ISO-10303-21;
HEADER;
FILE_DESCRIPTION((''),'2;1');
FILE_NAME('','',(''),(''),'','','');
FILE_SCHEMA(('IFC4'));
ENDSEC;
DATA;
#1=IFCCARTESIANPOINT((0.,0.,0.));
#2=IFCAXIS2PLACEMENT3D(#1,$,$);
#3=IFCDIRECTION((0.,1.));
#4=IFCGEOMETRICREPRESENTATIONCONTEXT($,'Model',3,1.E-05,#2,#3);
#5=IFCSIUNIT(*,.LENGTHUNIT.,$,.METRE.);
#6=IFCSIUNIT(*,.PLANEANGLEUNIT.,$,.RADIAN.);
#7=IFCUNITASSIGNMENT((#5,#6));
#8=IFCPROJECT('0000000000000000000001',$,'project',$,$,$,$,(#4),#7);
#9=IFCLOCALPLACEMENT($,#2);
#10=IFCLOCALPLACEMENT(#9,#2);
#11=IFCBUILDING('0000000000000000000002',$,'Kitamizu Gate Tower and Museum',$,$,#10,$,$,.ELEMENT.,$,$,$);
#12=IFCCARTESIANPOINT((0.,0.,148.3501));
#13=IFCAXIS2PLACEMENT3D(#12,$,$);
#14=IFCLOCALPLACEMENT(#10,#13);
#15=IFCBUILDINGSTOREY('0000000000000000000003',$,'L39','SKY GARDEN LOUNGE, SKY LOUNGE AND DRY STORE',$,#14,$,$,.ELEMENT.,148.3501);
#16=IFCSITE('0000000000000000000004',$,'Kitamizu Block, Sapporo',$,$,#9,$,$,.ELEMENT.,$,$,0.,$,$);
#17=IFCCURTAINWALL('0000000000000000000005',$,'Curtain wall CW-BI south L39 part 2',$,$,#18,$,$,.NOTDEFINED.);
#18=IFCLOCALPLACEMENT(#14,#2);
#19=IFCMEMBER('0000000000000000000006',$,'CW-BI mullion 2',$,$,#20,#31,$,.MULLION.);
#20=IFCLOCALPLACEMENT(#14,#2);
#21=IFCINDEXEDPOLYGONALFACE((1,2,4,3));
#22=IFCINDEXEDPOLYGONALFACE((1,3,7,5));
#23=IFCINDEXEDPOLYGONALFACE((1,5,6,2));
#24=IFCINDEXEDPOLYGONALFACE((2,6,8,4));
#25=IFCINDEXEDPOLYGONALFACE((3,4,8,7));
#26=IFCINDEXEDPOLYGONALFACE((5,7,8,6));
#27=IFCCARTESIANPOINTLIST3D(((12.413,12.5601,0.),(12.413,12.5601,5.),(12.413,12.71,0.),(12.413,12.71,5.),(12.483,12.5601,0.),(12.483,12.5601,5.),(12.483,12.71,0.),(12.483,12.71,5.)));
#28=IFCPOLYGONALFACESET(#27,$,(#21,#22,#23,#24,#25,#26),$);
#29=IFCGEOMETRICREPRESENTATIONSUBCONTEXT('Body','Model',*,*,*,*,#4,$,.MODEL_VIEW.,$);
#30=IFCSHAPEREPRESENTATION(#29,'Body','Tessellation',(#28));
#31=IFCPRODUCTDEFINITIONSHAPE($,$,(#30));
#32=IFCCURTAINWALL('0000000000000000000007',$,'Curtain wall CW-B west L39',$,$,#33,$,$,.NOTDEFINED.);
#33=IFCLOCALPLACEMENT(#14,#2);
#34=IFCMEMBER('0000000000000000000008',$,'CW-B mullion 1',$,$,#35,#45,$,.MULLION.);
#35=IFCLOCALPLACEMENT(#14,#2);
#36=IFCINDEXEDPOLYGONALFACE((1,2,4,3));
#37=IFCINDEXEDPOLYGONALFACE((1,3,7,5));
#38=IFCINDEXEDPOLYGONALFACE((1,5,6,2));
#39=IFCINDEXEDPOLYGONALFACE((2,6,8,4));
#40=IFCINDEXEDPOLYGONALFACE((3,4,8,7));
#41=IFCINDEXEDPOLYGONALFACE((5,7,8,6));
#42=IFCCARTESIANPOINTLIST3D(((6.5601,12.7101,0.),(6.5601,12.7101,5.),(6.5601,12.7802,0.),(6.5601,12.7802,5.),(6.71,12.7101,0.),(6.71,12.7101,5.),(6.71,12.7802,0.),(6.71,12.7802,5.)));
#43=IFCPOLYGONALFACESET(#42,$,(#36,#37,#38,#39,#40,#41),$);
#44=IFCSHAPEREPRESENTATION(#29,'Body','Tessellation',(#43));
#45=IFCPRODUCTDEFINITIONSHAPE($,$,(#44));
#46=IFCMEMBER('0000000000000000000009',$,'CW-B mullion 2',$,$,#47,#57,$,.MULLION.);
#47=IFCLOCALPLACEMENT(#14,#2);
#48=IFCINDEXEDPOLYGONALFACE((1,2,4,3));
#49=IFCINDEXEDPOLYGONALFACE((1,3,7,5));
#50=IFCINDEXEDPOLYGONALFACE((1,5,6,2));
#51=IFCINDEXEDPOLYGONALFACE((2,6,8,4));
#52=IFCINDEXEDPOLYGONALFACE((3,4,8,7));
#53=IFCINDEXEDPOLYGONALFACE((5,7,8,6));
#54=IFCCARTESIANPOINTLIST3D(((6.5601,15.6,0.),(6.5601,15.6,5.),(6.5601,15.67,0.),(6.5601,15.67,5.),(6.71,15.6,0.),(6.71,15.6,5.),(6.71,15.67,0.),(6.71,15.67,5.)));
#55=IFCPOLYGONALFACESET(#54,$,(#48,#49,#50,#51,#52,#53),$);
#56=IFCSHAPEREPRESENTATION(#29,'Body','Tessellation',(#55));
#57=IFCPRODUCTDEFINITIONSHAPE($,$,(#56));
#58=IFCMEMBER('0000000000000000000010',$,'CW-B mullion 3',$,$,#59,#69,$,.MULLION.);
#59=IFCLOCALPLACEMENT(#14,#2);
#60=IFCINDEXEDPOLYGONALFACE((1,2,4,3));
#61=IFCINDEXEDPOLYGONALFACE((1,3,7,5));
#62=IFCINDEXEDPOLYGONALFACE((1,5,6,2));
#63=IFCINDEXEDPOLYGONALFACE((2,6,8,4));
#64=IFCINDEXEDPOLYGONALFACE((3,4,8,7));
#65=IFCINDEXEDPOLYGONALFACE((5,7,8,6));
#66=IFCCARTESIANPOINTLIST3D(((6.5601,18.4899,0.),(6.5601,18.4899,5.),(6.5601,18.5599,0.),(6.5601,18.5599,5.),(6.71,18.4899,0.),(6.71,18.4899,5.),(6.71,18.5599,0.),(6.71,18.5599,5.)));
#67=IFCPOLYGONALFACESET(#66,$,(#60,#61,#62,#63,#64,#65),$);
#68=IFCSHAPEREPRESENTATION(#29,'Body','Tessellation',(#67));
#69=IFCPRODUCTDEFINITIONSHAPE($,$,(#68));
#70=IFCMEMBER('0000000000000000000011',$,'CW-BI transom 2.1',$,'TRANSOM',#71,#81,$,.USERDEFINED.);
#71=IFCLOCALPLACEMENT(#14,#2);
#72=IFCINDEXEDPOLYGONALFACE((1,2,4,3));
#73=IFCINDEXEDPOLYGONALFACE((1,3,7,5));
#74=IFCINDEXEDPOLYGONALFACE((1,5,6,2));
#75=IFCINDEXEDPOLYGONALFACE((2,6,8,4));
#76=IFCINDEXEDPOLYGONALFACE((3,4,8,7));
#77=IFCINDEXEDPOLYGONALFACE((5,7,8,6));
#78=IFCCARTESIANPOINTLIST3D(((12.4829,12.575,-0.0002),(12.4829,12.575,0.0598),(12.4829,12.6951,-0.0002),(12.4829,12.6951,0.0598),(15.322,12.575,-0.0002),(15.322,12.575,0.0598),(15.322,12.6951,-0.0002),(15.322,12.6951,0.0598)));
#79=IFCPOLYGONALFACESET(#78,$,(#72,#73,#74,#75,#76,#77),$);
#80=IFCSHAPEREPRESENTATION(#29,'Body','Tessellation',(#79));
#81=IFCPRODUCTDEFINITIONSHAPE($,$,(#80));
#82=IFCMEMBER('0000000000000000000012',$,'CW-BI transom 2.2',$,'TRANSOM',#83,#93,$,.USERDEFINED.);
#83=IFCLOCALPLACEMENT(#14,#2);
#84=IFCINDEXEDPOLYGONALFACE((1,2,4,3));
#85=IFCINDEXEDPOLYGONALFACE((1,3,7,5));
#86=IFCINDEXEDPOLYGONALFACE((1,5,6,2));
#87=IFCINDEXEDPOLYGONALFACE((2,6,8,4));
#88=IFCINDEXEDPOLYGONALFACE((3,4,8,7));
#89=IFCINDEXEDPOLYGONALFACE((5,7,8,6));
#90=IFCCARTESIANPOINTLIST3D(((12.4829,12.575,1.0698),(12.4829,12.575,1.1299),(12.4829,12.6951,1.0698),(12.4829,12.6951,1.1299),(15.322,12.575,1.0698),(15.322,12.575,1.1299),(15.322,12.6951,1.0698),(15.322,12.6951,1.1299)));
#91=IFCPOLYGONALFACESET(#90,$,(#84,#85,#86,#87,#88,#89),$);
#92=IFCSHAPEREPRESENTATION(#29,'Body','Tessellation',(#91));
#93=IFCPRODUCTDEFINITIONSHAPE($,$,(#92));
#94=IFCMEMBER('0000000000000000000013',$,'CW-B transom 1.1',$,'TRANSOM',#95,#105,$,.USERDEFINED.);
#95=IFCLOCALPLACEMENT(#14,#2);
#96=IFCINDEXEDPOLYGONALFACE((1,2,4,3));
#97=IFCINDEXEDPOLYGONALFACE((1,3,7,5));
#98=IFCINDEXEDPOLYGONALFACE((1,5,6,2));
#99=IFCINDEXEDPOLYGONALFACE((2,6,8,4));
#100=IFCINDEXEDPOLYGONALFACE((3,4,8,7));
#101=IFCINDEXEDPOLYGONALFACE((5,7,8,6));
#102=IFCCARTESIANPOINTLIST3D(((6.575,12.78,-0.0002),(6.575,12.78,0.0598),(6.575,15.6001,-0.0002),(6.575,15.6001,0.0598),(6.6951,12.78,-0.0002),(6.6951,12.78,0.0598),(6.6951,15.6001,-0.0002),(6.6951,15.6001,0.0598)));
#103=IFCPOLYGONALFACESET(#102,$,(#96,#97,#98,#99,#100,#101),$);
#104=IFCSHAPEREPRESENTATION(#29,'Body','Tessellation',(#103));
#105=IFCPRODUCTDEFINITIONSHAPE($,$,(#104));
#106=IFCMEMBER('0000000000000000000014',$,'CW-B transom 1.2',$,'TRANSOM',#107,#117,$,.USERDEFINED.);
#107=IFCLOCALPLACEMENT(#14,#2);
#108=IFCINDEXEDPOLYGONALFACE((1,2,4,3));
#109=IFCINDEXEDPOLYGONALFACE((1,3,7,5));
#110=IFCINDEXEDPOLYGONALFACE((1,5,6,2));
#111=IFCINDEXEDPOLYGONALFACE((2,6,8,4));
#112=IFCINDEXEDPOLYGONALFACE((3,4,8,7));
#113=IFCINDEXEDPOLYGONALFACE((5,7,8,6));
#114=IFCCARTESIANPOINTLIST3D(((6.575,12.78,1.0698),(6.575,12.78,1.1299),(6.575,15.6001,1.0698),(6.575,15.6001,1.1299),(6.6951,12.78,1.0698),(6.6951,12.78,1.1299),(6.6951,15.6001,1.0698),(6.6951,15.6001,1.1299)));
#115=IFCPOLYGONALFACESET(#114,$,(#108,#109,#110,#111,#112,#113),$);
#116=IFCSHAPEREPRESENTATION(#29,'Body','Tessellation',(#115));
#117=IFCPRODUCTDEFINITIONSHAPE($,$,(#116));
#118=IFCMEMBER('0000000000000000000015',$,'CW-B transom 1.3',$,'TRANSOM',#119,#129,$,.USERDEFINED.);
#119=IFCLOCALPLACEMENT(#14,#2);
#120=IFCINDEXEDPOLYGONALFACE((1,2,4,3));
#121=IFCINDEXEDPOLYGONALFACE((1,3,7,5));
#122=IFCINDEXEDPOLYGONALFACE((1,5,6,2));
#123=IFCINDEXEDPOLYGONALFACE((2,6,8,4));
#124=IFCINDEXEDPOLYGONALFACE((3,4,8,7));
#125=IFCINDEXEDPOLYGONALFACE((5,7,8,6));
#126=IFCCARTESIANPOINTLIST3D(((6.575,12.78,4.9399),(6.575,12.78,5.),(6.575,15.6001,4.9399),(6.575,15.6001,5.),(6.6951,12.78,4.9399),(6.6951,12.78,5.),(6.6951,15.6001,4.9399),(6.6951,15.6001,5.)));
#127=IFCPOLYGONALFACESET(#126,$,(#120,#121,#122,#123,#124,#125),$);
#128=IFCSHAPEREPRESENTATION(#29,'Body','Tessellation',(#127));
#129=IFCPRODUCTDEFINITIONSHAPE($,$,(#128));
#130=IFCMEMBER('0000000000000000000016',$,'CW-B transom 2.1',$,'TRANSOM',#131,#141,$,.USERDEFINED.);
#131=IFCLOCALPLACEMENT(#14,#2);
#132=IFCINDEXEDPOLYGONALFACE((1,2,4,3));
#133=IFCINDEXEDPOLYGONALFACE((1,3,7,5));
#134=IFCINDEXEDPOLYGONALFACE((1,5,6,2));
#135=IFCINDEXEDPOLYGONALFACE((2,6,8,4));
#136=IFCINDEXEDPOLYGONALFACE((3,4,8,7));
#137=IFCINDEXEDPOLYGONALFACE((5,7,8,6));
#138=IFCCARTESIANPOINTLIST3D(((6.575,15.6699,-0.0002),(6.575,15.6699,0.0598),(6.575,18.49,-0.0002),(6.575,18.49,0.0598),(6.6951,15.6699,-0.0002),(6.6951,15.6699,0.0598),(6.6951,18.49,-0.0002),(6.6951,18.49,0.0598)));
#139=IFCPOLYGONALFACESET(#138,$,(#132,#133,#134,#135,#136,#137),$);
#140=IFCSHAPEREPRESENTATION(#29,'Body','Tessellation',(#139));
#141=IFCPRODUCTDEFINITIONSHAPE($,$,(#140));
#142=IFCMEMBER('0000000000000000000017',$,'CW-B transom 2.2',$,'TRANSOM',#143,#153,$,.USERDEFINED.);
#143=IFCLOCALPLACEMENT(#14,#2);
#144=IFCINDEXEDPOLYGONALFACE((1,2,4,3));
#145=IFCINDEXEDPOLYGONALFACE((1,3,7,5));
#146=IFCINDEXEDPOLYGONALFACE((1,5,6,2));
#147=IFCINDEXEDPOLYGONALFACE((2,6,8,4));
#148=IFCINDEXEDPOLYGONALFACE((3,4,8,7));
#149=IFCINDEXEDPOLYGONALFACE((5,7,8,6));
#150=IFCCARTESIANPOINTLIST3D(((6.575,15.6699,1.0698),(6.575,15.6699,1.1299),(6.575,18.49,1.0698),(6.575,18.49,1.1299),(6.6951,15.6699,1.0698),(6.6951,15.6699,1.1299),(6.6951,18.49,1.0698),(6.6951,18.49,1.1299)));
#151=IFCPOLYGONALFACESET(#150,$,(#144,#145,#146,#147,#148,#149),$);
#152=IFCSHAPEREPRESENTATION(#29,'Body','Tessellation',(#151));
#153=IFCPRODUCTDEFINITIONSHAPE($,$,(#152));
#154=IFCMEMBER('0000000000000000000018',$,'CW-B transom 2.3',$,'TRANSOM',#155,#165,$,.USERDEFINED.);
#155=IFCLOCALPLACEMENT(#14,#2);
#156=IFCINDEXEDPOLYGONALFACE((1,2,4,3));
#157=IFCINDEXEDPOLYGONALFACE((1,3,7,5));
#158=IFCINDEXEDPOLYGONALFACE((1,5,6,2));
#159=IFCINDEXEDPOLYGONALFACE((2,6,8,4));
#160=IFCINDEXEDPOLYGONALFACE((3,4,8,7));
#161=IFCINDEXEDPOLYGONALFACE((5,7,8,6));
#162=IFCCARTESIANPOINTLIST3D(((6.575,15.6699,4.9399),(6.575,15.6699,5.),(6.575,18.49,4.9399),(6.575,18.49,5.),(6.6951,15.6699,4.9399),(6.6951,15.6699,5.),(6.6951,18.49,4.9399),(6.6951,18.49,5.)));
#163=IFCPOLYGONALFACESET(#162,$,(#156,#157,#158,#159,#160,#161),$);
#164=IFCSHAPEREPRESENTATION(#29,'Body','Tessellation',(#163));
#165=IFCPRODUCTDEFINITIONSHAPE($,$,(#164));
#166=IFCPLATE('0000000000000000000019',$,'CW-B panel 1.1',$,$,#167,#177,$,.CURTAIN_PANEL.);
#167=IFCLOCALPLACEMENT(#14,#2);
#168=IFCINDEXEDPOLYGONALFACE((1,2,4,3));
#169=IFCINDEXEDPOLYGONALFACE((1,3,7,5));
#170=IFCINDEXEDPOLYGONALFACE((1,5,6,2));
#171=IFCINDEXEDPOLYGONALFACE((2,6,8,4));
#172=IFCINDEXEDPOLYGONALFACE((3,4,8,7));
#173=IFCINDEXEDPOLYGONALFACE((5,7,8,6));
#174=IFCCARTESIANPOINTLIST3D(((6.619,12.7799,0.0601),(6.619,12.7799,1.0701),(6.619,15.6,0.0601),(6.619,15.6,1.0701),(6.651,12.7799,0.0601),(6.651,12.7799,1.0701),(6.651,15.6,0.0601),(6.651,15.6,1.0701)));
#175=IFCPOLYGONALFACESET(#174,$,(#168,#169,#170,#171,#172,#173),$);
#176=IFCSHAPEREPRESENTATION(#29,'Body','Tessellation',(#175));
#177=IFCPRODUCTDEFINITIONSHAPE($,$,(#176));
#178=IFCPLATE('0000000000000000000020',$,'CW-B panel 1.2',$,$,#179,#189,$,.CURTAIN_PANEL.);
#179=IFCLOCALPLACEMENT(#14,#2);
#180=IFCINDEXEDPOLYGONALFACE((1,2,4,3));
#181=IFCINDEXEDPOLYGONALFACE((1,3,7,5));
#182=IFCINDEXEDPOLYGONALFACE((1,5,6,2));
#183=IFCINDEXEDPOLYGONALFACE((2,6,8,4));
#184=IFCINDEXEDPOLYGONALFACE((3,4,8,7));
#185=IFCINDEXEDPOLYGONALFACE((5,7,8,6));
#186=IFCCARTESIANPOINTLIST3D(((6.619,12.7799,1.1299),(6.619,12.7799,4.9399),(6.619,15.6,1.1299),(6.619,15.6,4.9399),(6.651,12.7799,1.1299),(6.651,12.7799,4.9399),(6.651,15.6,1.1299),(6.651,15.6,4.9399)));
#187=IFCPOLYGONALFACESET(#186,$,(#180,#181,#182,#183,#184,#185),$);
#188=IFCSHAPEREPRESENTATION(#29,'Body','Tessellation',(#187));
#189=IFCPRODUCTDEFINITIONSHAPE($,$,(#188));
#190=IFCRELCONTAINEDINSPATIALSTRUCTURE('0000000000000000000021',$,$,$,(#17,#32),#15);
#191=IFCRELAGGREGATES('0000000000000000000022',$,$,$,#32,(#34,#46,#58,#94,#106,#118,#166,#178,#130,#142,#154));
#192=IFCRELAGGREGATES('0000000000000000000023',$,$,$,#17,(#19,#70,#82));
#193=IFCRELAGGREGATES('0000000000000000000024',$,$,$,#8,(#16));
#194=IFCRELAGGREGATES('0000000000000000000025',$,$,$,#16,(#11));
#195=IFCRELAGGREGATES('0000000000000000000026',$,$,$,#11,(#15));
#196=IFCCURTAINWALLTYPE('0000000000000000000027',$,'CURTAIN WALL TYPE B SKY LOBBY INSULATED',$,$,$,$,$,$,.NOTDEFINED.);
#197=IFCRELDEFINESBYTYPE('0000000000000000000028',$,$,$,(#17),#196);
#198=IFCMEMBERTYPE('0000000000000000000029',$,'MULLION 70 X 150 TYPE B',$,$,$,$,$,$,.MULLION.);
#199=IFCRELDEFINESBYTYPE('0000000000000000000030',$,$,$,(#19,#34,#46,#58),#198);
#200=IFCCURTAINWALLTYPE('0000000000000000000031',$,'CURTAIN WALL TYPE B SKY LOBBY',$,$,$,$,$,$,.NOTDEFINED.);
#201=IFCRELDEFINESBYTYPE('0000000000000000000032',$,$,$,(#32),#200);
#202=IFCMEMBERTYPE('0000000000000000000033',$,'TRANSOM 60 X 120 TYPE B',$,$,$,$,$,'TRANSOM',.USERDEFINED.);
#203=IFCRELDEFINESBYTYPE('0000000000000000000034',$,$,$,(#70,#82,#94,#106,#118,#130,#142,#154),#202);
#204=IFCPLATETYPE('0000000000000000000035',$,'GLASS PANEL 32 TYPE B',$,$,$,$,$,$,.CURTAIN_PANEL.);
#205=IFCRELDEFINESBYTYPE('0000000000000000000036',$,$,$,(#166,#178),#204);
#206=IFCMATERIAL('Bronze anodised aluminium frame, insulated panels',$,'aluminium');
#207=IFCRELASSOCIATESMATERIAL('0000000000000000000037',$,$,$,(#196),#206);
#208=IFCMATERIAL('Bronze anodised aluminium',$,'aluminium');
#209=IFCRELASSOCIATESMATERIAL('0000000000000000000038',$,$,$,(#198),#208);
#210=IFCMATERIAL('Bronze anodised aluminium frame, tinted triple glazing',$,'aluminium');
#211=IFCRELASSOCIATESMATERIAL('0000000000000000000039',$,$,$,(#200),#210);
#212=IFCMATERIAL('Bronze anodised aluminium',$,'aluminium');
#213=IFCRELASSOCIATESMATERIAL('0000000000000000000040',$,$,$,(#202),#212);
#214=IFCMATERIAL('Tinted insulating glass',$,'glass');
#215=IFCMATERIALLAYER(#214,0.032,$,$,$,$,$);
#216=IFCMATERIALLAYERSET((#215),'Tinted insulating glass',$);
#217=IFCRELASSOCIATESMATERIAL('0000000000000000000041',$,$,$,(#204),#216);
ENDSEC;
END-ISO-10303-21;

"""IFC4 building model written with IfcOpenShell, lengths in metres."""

from ifc_helpers import new_model, si_unit, direction, frame, origin, origin_2d, place, context, subcontext, project, spatial, rectangle, extrude, material, layer, layer_set, material_profile, profile_set, type_object, element, aggregate, save


model = new_model("IFC4")

# Units and contexts
model_context = context("Model", 3, precision=1e-05, world=origin(), true_north=direction((0.0, 1.0)))
body_context = subcontext(model_context, "Body", "Model", "MODEL_VIEW")
ifc_project = project(units=[si_unit("LENGTHUNIT", "METRE"), si_unit("PLANEANGLEUNIT", "RADIAN")], contexts=[model_context])

# Site, building, storey
site_placement = place(None, origin())
site = spatial("IfcSite", under=ifc_project, at=site_placement, Name="Kitamizu Block, Sapporo", CompositionType="ELEMENT", RefElevation=0.0)
building_placement = place(site_placement, origin())
building = spatial("IfcBuilding", under=site, at=building_placement, Name="Kitamizu Gate Tower and Museum", CompositionType="ELEMENT")
storey_placement = place(building_placement, frame((0.0, 0.0, 148.3501)))
storey = spatial("IfcBuildingStorey", under=building, at=storey_placement, Name="L39", Description="SKY GARDEN LOUNGE, SKY LOUNGE AND DRY STORE", CompositionType="ELEMENT", Elevation=148.3501)

# Curtain wall, member
ifc_material_1 = material(Name="Bronze anodised aluminium frame, insulated panels", Category="aluminium")
curtain_wall_type_1 = type_object("IfcCurtainWallType", Name="CURTAIN WALL TYPE B SKY LOBBY INSULATED", PredefinedType="NOTDEFINED", material=ifc_material_1)
curtain_wall_1_placement = place(storey_placement, origin())
curtain_wall_1 = element("IfcCurtainWall", 1, at=curtain_wall_1_placement, inside=storey, type_object=curtain_wall_type_1, Name="Curtain wall CW-BI south L39 part 2", PredefinedType="NOTDEFINED")
ifc_material_2 = material(Name="Bronze anodised aluminium", Category="aluminium")
ifc_material_profile_1 = material_profile(ifc_material_2, rectangle(XDim=0.0701, YDim=0.1499, at=origin_2d()), Name="AL 70X150")
ifc_profile_set_1 = profile_set([ifc_material_profile_1], Name="Bronze anodised aluminium")
member_type_1 = type_object("IfcMemberType", Name="MULLION 70 X 150 TYPE B", PredefinedType="MULLION", material=ifc_profile_set_1)
member_1_placement = place(storey_placement, frame((12.448, 12.635, 0.0), z_axis=(0.0, 0.0, 1.0), x_axis=(1.0, 0.0, 0.0)))
member_1 = element("IfcMember", 2, at=member_1_placement, type_object=member_type_1, Name="CW-BI mullion 2", PredefinedType="MULLION", context=body_context, shape_type="SweptSolid", body=[
    extrude(rectangle(XDim=0.0701, YDim=0.1499, at=origin_2d()), origin(), (0.0, 0.0, 1.0), 5.0),
])

# Curtain wall, members
ifc_material_3 = material(Name="Bronze anodised aluminium frame, tinted triple glazing", Category="aluminium")
curtain_wall_type_2 = type_object("IfcCurtainWallType", Name="CURTAIN WALL TYPE B SKY LOBBY", PredefinedType="NOTDEFINED", material=ifc_material_3)
curtain_wall_2_placement = place(storey_placement, origin())
curtain_wall_2 = element("IfcCurtainWall", 3, at=curtain_wall_2_placement, inside=storey, type_object=curtain_wall_type_2, Name="Curtain wall CW-B west L39", PredefinedType="NOTDEFINED")
member_2_placement = place(storey_placement, frame((6.635, 12.7451, 0.0), z_axis=(0.0, 0.0, 1.0), x_axis=(0.0, 1.0, 0.0)))
member_2 = element("IfcMember", 4, at=member_2_placement, type_object=member_type_1, Name="CW-B mullion 1", PredefinedType="MULLION", context=body_context, shape_type="SweptSolid", body=[
    extrude(rectangle(XDim=0.0701, YDim=0.1499, at=origin_2d()), origin(), (0.0, 0.0, 1.0), 5.0),
])
member_3_placement = place(storey_placement, frame((6.635, 15.635, 0.0), z_axis=(0.0, 0.0, 1.0), x_axis=(0.0, 1.0, 0.0)))
member_3 = element("IfcMember", 5, at=member_3_placement, type_object=member_type_1, Name="CW-B mullion 2", PredefinedType="MULLION", context=body_context, shape_type="SweptSolid", body=[
    extrude(rectangle(XDim=0.0701, YDim=0.1499, at=origin_2d()), origin(), (0.0, 0.0, 1.0), 5.0),
])
member_4_placement = place(storey_placement, frame((6.635, 18.5249, 0.0), z_axis=(0.0, 0.0, 1.0), x_axis=(0.0, 1.0, 0.0)))
member_4 = element("IfcMember", 6, at=member_4_placement, type_object=member_type_1, Name="CW-B mullion 3", PredefinedType="MULLION", context=body_context, shape_type="SweptSolid", body=[
    extrude(rectangle(XDim=0.0701, YDim=0.1499, at=origin_2d()), origin(), (0.0, 0.0, 1.0), 5.0),
])

# Members
ifc_material_4 = material(Name="Bronze anodised aluminium", Category="aluminium")
ifc_material_profile_2 = material_profile(ifc_material_4, rectangle(XDim=0.1201, YDim=0.0601, at=origin_2d()), Name="AL 60X120")
ifc_profile_set_2 = profile_set([ifc_material_profile_2], Name="Bronze anodised aluminium")
member_type_2 = type_object("IfcMemberType", Name="TRANSOM 60 X 120 TYPE B", ElementType="TRANSOM", PredefinedType="USERDEFINED", material=ifc_profile_set_2)
member_5_placement = place(storey_placement, frame((12.4829, 12.635, 0.0298), z_axis=(1.0, 0.0, 0.0), x_axis=(0.0, 1.0, 0.0)))
member_5 = element("IfcMember", 7, at=member_5_placement, type_object=member_type_2, Name="CW-BI transom 2.1", ObjectType="TRANSOM", PredefinedType="USERDEFINED", context=body_context, shape_type="SweptSolid", body=[
    extrude(rectangle(XDim=0.1201, YDim=0.0601, at=origin_2d()), origin(), (0.0, 0.0, 1.0), 2.8391),
])
member_6_placement = place(storey_placement, frame((12.4829, 12.635, 1.0999), z_axis=(1.0, 0.0, 0.0), x_axis=(0.0, 1.0, 0.0)))
member_6 = element("IfcMember", 8, at=member_6_placement, type_object=member_type_2, Name="CW-BI transom 2.2", ObjectType="TRANSOM", PredefinedType="USERDEFINED", context=body_context, shape_type="SweptSolid", body=[
    extrude(rectangle(XDim=0.1201, YDim=0.0601, at=origin_2d()), origin(), (0.0, 0.0, 1.0), 2.8391),
])
member_7_placement = place(storey_placement, frame((6.635, 12.78, 0.0298), z_axis=(0.0, 1.0, 0.0), x_axis=(-1.0, 0.0, 0.0)))
member_7 = element("IfcMember", 9, at=member_7_placement, type_object=member_type_2, Name="CW-B transom 1.1", ObjectType="TRANSOM", PredefinedType="USERDEFINED", context=body_context, shape_type="SweptSolid", body=[
    extrude(rectangle(XDim=0.1201, YDim=0.0601, at=origin_2d()), origin(), (0.0, 0.0, 1.0), 2.8201),
])
member_8_placement = place(storey_placement, frame((6.635, 12.78, 1.0999), z_axis=(0.0, 1.0, 0.0), x_axis=(-1.0, 0.0, 0.0)))
member_8 = element("IfcMember", 10, at=member_8_placement, type_object=member_type_2, Name="CW-B transom 1.2", ObjectType="TRANSOM", PredefinedType="USERDEFINED", context=body_context, shape_type="SweptSolid", body=[
    extrude(rectangle(XDim=0.1201, YDim=0.0601, at=origin_2d()), origin(), (0.0, 0.0, 1.0), 2.8201),
])
member_9_placement = place(storey_placement, frame((6.635, 12.78, 4.97), z_axis=(0.0, 1.0, 0.0), x_axis=(-1.0, 0.0, 0.0)))
member_9 = element("IfcMember", 11, at=member_9_placement, type_object=member_type_2, Name="CW-B transom 1.3", ObjectType="TRANSOM", PredefinedType="USERDEFINED", context=body_context, shape_type="SweptSolid", body=[
    extrude(rectangle(XDim=0.1201, YDim=0.0601, at=origin_2d()), origin(), (0.0, 0.0, 1.0), 2.8201),
])
member_10_placement = place(storey_placement, frame((6.635, 15.6699, 0.0298), z_axis=(0.0, 1.0, 0.0), x_axis=(-1.0, 0.0, 0.0)))
member_10 = element("IfcMember", 12, at=member_10_placement, type_object=member_type_2, Name="CW-B transom 2.1", ObjectType="TRANSOM", PredefinedType="USERDEFINED", context=body_context, shape_type="SweptSolid", body=[
    extrude(rectangle(XDim=0.1201, YDim=0.0601, at=origin_2d()), origin(), (0.0, 0.0, 1.0), 2.8201),
])
member_11_placement = place(storey_placement, frame((6.635, 15.6699, 1.0999), z_axis=(0.0, 1.0, 0.0), x_axis=(-1.0, 0.0, 0.0)))
member_11 = element("IfcMember", 13, at=member_11_placement, type_object=member_type_2, Name="CW-B transom 2.2", ObjectType="TRANSOM", PredefinedType="USERDEFINED", context=body_context, shape_type="SweptSolid", body=[
    extrude(rectangle(XDim=0.1201, YDim=0.0601, at=origin_2d()), origin(), (0.0, 0.0, 1.0), 2.8201),
])
member_12_placement = place(storey_placement, frame((6.635, 15.6699, 4.97), z_axis=(0.0, 1.0, 0.0), x_axis=(-1.0, 0.0, 0.0)))
member_12 = element("IfcMember", 14, at=member_12_placement, type_object=member_type_2, Name="CW-B transom 2.3", ObjectType="TRANSOM", PredefinedType="USERDEFINED", context=body_context, shape_type="SweptSolid", body=[
    extrude(rectangle(XDim=0.1201, YDim=0.0601, at=origin_2d()), origin(), (0.0, 0.0, 1.0), 2.8201),
])

# Plates
ifc_material_5 = material(Name="Tinted insulating glass", Category="glass")
ifc_layer_1 = layer(ifc_material_5, 0.032)
ifc_layer_set_1 = layer_set([ifc_layer_1], Name="Tinted insulating glass")
plate_type_1 = type_object("IfcPlateType", Name="GLASS PANEL 32 TYPE B", PredefinedType="CURTAIN_PANEL", material=ifc_layer_set_1)
plate_1_placement = place(storey_placement, frame((6.635, 14.1899, 0.0601), z_axis=(0.0, 0.0, 1.0), x_axis=(0.0, 1.0, 0.0)))
plate_1 = element("IfcPlate", 15, at=plate_1_placement, type_object=plate_type_1, Name="CW-B panel 1.1", PredefinedType="CURTAIN_PANEL", context=body_context, shape_type="SweptSolid", body=[
    extrude(rectangle(XDim=2.8201, YDim=0.032, at=origin_2d()), origin(), (0.0, 0.0, 1.0), 1.01),
])
plate_2_placement = place(storey_placement, frame((6.635, 14.1899, 1.1299), z_axis=(0.0, 0.0, 1.0), x_axis=(0.0, 1.0, 0.0)))
plate_2 = element("IfcPlate", 16, at=plate_2_placement, type_object=plate_type_1, Name="CW-B panel 1.2", PredefinedType="CURTAIN_PANEL", context=body_context, shape_type="SweptSolid", body=[
    extrude(rectangle(XDim=2.8201, YDim=0.032, at=origin_2d()), origin(), (0.0, 0.0, 1.0), 3.8101),
])
aggregate(curtain_wall_2, [member_2, member_3, member_4, member_7, member_8, member_9, plate_1, plate_2, member_10, member_11, member_12])
aggregate(curtain_wall_1, [member_1, member_5, member_6])

save(model, "model.ifc")
